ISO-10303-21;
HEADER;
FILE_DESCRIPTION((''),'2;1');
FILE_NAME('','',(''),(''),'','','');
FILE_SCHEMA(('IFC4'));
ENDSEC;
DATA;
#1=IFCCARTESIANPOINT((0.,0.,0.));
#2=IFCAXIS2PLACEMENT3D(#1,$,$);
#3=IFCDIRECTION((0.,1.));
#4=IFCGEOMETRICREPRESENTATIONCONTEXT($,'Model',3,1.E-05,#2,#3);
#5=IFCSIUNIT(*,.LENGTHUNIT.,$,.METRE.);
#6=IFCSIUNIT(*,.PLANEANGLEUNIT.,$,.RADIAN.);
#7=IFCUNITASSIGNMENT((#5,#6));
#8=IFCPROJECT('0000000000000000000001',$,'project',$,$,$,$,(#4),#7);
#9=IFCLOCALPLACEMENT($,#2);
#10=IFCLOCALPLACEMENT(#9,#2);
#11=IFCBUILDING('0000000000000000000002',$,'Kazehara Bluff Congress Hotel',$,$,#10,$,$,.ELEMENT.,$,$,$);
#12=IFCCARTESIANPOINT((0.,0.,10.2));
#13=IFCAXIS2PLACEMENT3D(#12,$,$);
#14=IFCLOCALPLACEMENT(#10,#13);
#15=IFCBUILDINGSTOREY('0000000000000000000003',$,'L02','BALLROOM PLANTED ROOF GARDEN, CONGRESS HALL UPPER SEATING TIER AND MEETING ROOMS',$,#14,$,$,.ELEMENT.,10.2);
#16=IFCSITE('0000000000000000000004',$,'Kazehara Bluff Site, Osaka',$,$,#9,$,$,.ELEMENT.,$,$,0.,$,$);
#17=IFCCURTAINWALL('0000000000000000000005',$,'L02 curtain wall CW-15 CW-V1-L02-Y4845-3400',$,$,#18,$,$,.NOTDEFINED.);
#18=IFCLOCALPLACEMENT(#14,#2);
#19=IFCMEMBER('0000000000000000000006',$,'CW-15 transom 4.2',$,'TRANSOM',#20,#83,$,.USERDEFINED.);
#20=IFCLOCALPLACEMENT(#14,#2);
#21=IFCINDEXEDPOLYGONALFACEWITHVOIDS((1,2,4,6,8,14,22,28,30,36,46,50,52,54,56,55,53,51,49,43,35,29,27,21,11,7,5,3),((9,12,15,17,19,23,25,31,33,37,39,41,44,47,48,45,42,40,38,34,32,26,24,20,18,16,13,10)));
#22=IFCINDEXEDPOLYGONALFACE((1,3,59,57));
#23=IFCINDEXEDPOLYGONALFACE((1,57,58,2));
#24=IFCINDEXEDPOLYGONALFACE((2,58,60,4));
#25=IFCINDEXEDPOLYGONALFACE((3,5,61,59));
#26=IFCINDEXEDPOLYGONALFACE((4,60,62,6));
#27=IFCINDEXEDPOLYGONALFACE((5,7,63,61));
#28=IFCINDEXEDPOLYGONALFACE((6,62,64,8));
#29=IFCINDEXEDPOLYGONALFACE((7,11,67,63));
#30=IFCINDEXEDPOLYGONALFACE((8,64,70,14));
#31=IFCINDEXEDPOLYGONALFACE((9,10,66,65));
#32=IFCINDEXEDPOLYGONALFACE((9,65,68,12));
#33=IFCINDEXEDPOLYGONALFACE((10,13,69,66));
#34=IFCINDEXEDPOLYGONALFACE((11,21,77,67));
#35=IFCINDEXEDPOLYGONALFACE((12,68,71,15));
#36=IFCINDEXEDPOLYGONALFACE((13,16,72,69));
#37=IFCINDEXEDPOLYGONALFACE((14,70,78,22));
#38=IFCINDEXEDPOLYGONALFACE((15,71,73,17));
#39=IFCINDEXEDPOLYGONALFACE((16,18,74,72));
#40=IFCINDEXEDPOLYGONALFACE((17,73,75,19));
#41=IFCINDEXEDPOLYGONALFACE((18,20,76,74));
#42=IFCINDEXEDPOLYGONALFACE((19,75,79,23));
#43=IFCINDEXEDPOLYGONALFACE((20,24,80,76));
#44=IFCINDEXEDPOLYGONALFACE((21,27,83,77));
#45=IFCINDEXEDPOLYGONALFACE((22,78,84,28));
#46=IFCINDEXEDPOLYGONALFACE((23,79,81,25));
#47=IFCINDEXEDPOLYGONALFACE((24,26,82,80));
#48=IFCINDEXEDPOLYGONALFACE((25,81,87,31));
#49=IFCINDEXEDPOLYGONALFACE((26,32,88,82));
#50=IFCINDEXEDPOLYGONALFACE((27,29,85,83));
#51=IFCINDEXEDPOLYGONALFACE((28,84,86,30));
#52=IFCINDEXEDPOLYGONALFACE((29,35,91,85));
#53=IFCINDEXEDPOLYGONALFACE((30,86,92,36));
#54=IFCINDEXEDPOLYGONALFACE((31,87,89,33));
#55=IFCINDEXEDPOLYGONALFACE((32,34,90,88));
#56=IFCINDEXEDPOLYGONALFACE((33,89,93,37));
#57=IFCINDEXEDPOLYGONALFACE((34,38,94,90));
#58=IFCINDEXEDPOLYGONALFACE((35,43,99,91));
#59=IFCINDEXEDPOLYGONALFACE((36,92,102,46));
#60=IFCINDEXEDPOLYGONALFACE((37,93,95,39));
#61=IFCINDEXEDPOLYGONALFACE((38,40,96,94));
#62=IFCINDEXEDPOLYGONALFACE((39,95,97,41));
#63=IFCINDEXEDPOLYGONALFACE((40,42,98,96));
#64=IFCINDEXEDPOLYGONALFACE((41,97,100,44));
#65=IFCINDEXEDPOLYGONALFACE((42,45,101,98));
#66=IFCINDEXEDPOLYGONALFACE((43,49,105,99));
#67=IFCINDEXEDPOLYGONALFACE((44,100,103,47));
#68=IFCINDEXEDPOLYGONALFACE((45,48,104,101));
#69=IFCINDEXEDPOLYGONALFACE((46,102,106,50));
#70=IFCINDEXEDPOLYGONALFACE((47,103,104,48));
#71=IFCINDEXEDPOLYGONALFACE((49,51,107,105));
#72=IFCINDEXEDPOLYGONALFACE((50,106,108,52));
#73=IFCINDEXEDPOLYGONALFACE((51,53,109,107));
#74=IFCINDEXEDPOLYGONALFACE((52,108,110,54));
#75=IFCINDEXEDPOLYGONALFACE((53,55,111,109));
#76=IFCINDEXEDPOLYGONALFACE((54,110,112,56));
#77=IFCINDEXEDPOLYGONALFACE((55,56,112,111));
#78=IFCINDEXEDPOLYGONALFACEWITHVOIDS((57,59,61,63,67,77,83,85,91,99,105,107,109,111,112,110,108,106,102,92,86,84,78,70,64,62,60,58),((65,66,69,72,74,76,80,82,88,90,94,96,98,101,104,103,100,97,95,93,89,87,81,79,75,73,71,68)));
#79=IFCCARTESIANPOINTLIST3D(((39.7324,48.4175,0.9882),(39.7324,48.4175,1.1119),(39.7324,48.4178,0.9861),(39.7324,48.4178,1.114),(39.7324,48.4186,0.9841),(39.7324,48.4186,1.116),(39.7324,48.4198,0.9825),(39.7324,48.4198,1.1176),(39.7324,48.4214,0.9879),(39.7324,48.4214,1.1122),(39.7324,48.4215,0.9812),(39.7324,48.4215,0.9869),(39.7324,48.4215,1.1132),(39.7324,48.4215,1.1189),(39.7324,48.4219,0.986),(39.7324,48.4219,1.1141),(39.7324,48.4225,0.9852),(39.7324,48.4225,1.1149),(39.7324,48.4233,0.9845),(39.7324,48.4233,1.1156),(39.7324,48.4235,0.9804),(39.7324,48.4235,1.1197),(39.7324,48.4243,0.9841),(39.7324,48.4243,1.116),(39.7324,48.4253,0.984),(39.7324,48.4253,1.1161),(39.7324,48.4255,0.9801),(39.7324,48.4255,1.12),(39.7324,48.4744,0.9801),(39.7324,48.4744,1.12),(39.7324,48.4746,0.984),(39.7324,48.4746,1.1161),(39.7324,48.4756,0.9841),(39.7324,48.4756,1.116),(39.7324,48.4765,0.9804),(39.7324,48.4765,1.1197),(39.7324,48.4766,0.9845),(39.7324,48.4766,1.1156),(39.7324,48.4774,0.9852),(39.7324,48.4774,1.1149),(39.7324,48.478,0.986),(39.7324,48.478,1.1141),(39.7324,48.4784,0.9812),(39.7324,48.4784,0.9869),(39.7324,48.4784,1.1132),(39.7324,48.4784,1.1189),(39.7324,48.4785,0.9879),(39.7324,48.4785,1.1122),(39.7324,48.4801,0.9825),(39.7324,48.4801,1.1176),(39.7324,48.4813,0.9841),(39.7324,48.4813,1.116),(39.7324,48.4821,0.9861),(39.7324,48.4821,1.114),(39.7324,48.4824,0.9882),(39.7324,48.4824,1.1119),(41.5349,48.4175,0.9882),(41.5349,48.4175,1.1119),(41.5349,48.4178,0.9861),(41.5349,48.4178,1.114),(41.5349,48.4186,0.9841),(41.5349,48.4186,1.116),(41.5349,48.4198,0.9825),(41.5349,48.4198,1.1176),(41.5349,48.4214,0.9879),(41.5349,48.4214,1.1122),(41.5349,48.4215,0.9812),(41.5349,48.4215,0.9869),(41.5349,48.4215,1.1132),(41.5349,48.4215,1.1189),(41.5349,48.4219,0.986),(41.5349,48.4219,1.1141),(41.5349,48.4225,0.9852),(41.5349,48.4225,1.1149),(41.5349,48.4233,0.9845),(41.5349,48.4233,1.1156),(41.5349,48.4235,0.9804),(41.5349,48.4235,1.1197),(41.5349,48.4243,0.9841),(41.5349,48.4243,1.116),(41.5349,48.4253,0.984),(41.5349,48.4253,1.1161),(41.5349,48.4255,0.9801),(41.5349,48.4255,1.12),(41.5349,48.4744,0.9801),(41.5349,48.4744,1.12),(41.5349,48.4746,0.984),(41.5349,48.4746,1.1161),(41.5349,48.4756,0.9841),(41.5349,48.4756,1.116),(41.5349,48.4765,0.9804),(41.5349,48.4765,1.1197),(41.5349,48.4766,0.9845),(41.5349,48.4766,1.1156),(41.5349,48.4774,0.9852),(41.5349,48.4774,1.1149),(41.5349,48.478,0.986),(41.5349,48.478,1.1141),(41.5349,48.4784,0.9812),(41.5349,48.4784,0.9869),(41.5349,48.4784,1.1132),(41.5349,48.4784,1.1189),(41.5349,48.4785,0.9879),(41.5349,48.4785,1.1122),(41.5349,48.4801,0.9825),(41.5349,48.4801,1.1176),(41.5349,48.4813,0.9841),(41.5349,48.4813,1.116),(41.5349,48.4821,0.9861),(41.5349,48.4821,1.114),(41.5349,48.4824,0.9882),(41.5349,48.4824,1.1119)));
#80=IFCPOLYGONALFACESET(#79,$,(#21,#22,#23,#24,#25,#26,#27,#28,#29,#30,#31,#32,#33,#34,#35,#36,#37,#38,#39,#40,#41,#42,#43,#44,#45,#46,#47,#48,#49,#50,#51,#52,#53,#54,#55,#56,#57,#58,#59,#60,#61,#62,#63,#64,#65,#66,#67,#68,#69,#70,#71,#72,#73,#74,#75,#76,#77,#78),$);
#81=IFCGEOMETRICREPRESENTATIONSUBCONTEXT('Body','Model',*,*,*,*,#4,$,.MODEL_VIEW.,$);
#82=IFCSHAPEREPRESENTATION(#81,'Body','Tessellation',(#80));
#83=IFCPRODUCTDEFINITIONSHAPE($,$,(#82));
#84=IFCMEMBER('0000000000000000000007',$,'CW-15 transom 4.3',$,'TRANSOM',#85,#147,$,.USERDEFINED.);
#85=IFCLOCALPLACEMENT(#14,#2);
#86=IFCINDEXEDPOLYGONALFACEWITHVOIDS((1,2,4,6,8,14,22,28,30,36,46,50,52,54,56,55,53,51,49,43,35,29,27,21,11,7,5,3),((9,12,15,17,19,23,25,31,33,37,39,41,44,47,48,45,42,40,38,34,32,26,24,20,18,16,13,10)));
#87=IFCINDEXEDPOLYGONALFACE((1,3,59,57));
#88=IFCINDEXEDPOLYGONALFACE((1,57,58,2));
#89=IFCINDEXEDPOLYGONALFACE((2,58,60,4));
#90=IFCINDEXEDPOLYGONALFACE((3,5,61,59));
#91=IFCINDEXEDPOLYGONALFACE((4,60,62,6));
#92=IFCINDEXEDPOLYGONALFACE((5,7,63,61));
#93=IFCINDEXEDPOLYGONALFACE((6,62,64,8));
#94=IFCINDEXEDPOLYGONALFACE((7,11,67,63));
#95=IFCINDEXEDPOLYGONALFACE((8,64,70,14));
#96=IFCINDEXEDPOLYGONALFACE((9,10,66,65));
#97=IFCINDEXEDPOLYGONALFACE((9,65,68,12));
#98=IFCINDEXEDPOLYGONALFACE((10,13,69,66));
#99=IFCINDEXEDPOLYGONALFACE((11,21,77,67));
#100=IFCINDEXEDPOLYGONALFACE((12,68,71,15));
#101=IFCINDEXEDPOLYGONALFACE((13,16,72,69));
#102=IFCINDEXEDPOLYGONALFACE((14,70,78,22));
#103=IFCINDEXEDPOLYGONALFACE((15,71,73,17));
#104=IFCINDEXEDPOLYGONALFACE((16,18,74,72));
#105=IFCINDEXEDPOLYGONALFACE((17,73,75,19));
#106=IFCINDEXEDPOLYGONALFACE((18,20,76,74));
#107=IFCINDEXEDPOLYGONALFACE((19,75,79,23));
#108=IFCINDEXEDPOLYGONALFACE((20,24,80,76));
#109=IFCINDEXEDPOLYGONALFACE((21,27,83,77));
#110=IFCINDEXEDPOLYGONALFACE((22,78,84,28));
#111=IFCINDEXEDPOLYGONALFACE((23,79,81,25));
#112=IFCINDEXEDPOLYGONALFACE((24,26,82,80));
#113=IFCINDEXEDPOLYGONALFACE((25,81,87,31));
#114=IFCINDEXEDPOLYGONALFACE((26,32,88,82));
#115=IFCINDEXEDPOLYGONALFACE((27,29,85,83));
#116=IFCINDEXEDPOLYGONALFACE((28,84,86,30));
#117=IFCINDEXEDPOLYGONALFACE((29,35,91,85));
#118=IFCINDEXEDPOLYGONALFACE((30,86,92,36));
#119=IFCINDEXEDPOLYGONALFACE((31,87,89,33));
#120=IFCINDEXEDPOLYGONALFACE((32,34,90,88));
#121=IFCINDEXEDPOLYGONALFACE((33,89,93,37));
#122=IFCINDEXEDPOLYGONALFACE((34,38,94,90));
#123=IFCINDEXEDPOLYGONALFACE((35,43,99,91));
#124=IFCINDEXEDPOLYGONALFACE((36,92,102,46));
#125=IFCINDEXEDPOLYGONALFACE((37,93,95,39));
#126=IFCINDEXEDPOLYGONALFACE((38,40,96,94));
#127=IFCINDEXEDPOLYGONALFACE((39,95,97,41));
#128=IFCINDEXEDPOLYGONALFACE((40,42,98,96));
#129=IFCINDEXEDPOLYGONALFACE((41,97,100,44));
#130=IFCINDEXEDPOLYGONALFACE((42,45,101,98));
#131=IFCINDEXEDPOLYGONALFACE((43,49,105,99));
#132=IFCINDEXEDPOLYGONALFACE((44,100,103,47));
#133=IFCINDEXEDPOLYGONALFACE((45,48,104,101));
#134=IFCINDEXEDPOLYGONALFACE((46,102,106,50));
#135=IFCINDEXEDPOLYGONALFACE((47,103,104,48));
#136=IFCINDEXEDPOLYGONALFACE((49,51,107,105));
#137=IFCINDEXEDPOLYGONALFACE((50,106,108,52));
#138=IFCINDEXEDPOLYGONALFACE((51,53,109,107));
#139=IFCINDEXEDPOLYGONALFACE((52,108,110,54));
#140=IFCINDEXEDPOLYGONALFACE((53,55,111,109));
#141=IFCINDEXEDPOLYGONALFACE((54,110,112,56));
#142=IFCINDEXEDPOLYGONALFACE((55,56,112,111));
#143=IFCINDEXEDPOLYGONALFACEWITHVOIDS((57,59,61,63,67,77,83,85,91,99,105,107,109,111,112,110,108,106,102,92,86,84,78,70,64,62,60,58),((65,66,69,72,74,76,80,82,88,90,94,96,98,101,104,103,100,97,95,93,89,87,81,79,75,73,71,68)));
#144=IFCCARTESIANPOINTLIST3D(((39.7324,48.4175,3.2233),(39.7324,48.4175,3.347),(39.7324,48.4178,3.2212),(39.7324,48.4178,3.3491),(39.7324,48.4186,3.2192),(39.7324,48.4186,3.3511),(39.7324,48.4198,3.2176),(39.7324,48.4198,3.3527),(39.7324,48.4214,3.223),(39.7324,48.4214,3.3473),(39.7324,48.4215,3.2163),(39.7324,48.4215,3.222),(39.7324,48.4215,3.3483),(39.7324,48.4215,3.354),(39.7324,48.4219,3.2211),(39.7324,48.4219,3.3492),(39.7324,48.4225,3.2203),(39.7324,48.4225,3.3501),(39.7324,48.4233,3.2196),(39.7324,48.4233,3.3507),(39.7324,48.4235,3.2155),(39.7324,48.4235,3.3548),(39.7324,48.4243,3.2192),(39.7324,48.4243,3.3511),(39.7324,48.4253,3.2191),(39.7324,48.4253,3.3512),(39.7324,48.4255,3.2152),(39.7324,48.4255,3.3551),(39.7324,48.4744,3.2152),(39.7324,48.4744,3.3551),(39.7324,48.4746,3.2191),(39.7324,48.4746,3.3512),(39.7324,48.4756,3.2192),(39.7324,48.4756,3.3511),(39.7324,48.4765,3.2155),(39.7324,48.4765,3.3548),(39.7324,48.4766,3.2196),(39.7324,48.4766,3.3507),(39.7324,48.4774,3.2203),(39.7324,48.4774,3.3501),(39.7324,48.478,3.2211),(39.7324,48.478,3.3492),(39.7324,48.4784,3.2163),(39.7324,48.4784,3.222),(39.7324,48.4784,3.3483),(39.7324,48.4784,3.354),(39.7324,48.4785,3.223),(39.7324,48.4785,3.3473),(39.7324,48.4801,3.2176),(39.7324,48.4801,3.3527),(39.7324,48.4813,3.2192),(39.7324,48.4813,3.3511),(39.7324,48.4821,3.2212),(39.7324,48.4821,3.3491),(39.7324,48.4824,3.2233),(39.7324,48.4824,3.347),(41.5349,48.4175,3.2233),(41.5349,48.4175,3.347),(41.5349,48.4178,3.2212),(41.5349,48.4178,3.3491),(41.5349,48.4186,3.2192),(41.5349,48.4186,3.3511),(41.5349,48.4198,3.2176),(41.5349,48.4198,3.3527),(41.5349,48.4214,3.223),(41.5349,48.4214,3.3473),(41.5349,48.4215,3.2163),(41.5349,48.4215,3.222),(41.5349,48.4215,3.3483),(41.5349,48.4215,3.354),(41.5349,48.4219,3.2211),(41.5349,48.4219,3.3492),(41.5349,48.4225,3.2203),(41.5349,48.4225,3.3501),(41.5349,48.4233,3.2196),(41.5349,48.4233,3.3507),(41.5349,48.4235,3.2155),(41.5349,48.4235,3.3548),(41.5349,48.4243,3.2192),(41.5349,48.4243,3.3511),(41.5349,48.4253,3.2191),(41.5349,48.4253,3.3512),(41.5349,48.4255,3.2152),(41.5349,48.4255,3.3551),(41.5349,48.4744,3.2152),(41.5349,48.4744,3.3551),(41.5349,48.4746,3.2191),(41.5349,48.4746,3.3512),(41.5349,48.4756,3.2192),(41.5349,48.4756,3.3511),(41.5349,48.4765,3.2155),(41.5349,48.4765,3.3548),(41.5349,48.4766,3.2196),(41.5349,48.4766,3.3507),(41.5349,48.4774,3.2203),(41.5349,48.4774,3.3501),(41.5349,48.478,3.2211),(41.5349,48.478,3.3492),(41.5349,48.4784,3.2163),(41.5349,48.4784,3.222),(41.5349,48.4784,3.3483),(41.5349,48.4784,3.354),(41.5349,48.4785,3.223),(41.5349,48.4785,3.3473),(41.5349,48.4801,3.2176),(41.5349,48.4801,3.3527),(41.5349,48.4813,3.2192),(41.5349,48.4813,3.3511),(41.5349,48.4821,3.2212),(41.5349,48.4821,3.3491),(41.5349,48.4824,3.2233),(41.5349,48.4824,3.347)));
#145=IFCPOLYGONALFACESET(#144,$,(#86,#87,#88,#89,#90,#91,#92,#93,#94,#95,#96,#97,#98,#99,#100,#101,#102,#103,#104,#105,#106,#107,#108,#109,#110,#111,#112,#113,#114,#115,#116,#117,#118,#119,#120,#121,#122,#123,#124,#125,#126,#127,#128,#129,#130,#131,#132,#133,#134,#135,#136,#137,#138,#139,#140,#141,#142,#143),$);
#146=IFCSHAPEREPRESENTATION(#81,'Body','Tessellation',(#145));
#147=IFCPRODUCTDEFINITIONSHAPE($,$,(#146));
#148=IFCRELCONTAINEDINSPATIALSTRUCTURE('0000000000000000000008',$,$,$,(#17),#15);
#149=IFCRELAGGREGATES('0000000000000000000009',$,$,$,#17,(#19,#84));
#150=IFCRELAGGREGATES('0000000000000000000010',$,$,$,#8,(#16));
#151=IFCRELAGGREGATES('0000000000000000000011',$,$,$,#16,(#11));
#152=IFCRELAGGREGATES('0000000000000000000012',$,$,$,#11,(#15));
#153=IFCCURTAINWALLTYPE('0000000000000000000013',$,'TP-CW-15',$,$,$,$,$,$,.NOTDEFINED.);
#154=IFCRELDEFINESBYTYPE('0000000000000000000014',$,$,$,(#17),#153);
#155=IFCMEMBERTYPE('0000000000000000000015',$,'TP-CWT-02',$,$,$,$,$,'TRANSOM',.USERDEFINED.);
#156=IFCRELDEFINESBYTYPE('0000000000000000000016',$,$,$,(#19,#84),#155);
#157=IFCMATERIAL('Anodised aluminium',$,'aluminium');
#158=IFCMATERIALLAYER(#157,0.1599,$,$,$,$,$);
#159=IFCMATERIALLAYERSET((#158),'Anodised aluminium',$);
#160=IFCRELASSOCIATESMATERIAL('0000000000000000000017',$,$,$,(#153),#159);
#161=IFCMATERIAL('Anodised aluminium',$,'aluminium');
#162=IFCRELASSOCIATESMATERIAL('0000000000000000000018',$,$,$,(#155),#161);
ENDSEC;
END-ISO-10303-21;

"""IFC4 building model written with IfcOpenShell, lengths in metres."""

from ifc_helpers import new_model, si_unit, direction, frame, origin, origin_2d, place, context, subcontext, project, spatial, hollow_rectangle, extrude, material, layer, layer_set, material_profile, profile_set, type_object, element, aggregate, save


model = new_model("IFC4")

# Units and contexts
model_context = context("Model", 3, precision=1e-05, world=origin(), true_north=direction((0.0, 1.0)))
body_context = subcontext(model_context, "Body", "Model", "MODEL_VIEW")
ifc_project = project(units=[si_unit("LENGTHUNIT", "METRE"), si_unit("PLANEANGLEUNIT", "RADIAN")], contexts=[model_context])

# Site, building, storey
site_placement = place(None, origin())
site = spatial("IfcSite", under=ifc_project, at=site_placement, Name="Kazehara Bluff Site, Osaka", CompositionType="ELEMENT", RefElevation=0.0)
building_placement = place(site_placement, origin())
building = spatial("IfcBuilding", under=site, at=building_placement, Name="Kazehara Bluff Congress Hotel", CompositionType="ELEMENT")
storey_placement = place(building_placement, frame((0.0, 0.0, 10.2)))
storey = spatial("IfcBuildingStorey", under=building, at=storey_placement, Name="L02", Description="BALLROOM PLANTED ROOF GARDEN, CONGRESS HALL UPPER SEATING TIER AND MEETING ROOMS", CompositionType="ELEMENT", Elevation=10.2)

# Curtain wall, members
ifc_material_1 = material(Name="Anodised aluminium", Category="aluminium")
ifc_layer_1 = layer(ifc_material_1, 0.1599)
ifc_layer_set_1 = layer_set([ifc_layer_1], Name="Anodised aluminium")
curtain_wall_type = type_object("IfcCurtainWallType", Name="TP-CW-15", PredefinedType="NOTDEFINED", material=ifc_layer_set_1)
curtain_wall_placement = place(storey_placement, origin())
curtain_wall = element("IfcCurtainWall", 1, at=curtain_wall_placement, inside=storey, type_object=curtain_wall_type, Name="L02 curtain wall CW-15 CW-V1-L02-Y4845-3400", PredefinedType="NOTDEFINED")
ifc_material_2 = material(Name="Anodised aluminium", Category="aluminium")
ifc_material_profile_1 = material_profile(ifc_material_2, hollow_rectangle(XDim=0.0649, YDim=0.1399, WallThickness=0.0039, InnerFilletRadius=0.0039, OuterFilletRadius=0.0081, at=origin_2d()))
ifc_profile_set_1 = profile_set([ifc_material_profile_1], Name="Anodised aluminium")
member_type_1 = type_object("IfcMemberType", Name="TP-CWT-02", ElementType="TRANSOM", PredefinedType="USERDEFINED", material=ifc_profile_set_1)
member_1_placement = place(storey_placement, frame((39.7324, 48.45, 1.05), z_axis=(1.0, 0.0, 0.0), x_axis=(0.0, 1.0, 0.0)))
member_1 = element("IfcMember", 2, at=member_1_placement, type_object=member_type_1, Name="CW-15 transom 4.2", ObjectType="TRANSOM", PredefinedType="USERDEFINED", context=body_context, shape_type="SweptSolid", body=[
    extrude(hollow_rectangle(XDim=0.0649, YDim=0.1399, WallThickness=0.0039, InnerFilletRadius=0.0039, OuterFilletRadius=0.0081, at=origin_2d()), origin(), (0.0, 0.0, 1.0), 1.8025),
])
member_2_placement = place(storey_placement, frame((39.7324, 48.45, 3.2852), z_axis=(1.0, 0.0, 0.0), x_axis=(0.0, 1.0, 0.0)))
member_2 = element("IfcMember", 3, at=member_2_placement, type_object=member_type_1, Name="CW-15 transom 4.3", ObjectType="TRANSOM", PredefinedType="USERDEFINED", context=body_context, shape_type="SweptSolid", body=[
    extrude(hollow_rectangle(XDim=0.0649, YDim=0.1399, WallThickness=0.0039, InnerFilletRadius=0.0039, OuterFilletRadius=0.0081, at=origin_2d()), origin(), (0.0, 0.0, 1.0), 1.8025),
])

aggregate(curtain_wall, [member_1, member_2])

save(model, "model.ifc")
